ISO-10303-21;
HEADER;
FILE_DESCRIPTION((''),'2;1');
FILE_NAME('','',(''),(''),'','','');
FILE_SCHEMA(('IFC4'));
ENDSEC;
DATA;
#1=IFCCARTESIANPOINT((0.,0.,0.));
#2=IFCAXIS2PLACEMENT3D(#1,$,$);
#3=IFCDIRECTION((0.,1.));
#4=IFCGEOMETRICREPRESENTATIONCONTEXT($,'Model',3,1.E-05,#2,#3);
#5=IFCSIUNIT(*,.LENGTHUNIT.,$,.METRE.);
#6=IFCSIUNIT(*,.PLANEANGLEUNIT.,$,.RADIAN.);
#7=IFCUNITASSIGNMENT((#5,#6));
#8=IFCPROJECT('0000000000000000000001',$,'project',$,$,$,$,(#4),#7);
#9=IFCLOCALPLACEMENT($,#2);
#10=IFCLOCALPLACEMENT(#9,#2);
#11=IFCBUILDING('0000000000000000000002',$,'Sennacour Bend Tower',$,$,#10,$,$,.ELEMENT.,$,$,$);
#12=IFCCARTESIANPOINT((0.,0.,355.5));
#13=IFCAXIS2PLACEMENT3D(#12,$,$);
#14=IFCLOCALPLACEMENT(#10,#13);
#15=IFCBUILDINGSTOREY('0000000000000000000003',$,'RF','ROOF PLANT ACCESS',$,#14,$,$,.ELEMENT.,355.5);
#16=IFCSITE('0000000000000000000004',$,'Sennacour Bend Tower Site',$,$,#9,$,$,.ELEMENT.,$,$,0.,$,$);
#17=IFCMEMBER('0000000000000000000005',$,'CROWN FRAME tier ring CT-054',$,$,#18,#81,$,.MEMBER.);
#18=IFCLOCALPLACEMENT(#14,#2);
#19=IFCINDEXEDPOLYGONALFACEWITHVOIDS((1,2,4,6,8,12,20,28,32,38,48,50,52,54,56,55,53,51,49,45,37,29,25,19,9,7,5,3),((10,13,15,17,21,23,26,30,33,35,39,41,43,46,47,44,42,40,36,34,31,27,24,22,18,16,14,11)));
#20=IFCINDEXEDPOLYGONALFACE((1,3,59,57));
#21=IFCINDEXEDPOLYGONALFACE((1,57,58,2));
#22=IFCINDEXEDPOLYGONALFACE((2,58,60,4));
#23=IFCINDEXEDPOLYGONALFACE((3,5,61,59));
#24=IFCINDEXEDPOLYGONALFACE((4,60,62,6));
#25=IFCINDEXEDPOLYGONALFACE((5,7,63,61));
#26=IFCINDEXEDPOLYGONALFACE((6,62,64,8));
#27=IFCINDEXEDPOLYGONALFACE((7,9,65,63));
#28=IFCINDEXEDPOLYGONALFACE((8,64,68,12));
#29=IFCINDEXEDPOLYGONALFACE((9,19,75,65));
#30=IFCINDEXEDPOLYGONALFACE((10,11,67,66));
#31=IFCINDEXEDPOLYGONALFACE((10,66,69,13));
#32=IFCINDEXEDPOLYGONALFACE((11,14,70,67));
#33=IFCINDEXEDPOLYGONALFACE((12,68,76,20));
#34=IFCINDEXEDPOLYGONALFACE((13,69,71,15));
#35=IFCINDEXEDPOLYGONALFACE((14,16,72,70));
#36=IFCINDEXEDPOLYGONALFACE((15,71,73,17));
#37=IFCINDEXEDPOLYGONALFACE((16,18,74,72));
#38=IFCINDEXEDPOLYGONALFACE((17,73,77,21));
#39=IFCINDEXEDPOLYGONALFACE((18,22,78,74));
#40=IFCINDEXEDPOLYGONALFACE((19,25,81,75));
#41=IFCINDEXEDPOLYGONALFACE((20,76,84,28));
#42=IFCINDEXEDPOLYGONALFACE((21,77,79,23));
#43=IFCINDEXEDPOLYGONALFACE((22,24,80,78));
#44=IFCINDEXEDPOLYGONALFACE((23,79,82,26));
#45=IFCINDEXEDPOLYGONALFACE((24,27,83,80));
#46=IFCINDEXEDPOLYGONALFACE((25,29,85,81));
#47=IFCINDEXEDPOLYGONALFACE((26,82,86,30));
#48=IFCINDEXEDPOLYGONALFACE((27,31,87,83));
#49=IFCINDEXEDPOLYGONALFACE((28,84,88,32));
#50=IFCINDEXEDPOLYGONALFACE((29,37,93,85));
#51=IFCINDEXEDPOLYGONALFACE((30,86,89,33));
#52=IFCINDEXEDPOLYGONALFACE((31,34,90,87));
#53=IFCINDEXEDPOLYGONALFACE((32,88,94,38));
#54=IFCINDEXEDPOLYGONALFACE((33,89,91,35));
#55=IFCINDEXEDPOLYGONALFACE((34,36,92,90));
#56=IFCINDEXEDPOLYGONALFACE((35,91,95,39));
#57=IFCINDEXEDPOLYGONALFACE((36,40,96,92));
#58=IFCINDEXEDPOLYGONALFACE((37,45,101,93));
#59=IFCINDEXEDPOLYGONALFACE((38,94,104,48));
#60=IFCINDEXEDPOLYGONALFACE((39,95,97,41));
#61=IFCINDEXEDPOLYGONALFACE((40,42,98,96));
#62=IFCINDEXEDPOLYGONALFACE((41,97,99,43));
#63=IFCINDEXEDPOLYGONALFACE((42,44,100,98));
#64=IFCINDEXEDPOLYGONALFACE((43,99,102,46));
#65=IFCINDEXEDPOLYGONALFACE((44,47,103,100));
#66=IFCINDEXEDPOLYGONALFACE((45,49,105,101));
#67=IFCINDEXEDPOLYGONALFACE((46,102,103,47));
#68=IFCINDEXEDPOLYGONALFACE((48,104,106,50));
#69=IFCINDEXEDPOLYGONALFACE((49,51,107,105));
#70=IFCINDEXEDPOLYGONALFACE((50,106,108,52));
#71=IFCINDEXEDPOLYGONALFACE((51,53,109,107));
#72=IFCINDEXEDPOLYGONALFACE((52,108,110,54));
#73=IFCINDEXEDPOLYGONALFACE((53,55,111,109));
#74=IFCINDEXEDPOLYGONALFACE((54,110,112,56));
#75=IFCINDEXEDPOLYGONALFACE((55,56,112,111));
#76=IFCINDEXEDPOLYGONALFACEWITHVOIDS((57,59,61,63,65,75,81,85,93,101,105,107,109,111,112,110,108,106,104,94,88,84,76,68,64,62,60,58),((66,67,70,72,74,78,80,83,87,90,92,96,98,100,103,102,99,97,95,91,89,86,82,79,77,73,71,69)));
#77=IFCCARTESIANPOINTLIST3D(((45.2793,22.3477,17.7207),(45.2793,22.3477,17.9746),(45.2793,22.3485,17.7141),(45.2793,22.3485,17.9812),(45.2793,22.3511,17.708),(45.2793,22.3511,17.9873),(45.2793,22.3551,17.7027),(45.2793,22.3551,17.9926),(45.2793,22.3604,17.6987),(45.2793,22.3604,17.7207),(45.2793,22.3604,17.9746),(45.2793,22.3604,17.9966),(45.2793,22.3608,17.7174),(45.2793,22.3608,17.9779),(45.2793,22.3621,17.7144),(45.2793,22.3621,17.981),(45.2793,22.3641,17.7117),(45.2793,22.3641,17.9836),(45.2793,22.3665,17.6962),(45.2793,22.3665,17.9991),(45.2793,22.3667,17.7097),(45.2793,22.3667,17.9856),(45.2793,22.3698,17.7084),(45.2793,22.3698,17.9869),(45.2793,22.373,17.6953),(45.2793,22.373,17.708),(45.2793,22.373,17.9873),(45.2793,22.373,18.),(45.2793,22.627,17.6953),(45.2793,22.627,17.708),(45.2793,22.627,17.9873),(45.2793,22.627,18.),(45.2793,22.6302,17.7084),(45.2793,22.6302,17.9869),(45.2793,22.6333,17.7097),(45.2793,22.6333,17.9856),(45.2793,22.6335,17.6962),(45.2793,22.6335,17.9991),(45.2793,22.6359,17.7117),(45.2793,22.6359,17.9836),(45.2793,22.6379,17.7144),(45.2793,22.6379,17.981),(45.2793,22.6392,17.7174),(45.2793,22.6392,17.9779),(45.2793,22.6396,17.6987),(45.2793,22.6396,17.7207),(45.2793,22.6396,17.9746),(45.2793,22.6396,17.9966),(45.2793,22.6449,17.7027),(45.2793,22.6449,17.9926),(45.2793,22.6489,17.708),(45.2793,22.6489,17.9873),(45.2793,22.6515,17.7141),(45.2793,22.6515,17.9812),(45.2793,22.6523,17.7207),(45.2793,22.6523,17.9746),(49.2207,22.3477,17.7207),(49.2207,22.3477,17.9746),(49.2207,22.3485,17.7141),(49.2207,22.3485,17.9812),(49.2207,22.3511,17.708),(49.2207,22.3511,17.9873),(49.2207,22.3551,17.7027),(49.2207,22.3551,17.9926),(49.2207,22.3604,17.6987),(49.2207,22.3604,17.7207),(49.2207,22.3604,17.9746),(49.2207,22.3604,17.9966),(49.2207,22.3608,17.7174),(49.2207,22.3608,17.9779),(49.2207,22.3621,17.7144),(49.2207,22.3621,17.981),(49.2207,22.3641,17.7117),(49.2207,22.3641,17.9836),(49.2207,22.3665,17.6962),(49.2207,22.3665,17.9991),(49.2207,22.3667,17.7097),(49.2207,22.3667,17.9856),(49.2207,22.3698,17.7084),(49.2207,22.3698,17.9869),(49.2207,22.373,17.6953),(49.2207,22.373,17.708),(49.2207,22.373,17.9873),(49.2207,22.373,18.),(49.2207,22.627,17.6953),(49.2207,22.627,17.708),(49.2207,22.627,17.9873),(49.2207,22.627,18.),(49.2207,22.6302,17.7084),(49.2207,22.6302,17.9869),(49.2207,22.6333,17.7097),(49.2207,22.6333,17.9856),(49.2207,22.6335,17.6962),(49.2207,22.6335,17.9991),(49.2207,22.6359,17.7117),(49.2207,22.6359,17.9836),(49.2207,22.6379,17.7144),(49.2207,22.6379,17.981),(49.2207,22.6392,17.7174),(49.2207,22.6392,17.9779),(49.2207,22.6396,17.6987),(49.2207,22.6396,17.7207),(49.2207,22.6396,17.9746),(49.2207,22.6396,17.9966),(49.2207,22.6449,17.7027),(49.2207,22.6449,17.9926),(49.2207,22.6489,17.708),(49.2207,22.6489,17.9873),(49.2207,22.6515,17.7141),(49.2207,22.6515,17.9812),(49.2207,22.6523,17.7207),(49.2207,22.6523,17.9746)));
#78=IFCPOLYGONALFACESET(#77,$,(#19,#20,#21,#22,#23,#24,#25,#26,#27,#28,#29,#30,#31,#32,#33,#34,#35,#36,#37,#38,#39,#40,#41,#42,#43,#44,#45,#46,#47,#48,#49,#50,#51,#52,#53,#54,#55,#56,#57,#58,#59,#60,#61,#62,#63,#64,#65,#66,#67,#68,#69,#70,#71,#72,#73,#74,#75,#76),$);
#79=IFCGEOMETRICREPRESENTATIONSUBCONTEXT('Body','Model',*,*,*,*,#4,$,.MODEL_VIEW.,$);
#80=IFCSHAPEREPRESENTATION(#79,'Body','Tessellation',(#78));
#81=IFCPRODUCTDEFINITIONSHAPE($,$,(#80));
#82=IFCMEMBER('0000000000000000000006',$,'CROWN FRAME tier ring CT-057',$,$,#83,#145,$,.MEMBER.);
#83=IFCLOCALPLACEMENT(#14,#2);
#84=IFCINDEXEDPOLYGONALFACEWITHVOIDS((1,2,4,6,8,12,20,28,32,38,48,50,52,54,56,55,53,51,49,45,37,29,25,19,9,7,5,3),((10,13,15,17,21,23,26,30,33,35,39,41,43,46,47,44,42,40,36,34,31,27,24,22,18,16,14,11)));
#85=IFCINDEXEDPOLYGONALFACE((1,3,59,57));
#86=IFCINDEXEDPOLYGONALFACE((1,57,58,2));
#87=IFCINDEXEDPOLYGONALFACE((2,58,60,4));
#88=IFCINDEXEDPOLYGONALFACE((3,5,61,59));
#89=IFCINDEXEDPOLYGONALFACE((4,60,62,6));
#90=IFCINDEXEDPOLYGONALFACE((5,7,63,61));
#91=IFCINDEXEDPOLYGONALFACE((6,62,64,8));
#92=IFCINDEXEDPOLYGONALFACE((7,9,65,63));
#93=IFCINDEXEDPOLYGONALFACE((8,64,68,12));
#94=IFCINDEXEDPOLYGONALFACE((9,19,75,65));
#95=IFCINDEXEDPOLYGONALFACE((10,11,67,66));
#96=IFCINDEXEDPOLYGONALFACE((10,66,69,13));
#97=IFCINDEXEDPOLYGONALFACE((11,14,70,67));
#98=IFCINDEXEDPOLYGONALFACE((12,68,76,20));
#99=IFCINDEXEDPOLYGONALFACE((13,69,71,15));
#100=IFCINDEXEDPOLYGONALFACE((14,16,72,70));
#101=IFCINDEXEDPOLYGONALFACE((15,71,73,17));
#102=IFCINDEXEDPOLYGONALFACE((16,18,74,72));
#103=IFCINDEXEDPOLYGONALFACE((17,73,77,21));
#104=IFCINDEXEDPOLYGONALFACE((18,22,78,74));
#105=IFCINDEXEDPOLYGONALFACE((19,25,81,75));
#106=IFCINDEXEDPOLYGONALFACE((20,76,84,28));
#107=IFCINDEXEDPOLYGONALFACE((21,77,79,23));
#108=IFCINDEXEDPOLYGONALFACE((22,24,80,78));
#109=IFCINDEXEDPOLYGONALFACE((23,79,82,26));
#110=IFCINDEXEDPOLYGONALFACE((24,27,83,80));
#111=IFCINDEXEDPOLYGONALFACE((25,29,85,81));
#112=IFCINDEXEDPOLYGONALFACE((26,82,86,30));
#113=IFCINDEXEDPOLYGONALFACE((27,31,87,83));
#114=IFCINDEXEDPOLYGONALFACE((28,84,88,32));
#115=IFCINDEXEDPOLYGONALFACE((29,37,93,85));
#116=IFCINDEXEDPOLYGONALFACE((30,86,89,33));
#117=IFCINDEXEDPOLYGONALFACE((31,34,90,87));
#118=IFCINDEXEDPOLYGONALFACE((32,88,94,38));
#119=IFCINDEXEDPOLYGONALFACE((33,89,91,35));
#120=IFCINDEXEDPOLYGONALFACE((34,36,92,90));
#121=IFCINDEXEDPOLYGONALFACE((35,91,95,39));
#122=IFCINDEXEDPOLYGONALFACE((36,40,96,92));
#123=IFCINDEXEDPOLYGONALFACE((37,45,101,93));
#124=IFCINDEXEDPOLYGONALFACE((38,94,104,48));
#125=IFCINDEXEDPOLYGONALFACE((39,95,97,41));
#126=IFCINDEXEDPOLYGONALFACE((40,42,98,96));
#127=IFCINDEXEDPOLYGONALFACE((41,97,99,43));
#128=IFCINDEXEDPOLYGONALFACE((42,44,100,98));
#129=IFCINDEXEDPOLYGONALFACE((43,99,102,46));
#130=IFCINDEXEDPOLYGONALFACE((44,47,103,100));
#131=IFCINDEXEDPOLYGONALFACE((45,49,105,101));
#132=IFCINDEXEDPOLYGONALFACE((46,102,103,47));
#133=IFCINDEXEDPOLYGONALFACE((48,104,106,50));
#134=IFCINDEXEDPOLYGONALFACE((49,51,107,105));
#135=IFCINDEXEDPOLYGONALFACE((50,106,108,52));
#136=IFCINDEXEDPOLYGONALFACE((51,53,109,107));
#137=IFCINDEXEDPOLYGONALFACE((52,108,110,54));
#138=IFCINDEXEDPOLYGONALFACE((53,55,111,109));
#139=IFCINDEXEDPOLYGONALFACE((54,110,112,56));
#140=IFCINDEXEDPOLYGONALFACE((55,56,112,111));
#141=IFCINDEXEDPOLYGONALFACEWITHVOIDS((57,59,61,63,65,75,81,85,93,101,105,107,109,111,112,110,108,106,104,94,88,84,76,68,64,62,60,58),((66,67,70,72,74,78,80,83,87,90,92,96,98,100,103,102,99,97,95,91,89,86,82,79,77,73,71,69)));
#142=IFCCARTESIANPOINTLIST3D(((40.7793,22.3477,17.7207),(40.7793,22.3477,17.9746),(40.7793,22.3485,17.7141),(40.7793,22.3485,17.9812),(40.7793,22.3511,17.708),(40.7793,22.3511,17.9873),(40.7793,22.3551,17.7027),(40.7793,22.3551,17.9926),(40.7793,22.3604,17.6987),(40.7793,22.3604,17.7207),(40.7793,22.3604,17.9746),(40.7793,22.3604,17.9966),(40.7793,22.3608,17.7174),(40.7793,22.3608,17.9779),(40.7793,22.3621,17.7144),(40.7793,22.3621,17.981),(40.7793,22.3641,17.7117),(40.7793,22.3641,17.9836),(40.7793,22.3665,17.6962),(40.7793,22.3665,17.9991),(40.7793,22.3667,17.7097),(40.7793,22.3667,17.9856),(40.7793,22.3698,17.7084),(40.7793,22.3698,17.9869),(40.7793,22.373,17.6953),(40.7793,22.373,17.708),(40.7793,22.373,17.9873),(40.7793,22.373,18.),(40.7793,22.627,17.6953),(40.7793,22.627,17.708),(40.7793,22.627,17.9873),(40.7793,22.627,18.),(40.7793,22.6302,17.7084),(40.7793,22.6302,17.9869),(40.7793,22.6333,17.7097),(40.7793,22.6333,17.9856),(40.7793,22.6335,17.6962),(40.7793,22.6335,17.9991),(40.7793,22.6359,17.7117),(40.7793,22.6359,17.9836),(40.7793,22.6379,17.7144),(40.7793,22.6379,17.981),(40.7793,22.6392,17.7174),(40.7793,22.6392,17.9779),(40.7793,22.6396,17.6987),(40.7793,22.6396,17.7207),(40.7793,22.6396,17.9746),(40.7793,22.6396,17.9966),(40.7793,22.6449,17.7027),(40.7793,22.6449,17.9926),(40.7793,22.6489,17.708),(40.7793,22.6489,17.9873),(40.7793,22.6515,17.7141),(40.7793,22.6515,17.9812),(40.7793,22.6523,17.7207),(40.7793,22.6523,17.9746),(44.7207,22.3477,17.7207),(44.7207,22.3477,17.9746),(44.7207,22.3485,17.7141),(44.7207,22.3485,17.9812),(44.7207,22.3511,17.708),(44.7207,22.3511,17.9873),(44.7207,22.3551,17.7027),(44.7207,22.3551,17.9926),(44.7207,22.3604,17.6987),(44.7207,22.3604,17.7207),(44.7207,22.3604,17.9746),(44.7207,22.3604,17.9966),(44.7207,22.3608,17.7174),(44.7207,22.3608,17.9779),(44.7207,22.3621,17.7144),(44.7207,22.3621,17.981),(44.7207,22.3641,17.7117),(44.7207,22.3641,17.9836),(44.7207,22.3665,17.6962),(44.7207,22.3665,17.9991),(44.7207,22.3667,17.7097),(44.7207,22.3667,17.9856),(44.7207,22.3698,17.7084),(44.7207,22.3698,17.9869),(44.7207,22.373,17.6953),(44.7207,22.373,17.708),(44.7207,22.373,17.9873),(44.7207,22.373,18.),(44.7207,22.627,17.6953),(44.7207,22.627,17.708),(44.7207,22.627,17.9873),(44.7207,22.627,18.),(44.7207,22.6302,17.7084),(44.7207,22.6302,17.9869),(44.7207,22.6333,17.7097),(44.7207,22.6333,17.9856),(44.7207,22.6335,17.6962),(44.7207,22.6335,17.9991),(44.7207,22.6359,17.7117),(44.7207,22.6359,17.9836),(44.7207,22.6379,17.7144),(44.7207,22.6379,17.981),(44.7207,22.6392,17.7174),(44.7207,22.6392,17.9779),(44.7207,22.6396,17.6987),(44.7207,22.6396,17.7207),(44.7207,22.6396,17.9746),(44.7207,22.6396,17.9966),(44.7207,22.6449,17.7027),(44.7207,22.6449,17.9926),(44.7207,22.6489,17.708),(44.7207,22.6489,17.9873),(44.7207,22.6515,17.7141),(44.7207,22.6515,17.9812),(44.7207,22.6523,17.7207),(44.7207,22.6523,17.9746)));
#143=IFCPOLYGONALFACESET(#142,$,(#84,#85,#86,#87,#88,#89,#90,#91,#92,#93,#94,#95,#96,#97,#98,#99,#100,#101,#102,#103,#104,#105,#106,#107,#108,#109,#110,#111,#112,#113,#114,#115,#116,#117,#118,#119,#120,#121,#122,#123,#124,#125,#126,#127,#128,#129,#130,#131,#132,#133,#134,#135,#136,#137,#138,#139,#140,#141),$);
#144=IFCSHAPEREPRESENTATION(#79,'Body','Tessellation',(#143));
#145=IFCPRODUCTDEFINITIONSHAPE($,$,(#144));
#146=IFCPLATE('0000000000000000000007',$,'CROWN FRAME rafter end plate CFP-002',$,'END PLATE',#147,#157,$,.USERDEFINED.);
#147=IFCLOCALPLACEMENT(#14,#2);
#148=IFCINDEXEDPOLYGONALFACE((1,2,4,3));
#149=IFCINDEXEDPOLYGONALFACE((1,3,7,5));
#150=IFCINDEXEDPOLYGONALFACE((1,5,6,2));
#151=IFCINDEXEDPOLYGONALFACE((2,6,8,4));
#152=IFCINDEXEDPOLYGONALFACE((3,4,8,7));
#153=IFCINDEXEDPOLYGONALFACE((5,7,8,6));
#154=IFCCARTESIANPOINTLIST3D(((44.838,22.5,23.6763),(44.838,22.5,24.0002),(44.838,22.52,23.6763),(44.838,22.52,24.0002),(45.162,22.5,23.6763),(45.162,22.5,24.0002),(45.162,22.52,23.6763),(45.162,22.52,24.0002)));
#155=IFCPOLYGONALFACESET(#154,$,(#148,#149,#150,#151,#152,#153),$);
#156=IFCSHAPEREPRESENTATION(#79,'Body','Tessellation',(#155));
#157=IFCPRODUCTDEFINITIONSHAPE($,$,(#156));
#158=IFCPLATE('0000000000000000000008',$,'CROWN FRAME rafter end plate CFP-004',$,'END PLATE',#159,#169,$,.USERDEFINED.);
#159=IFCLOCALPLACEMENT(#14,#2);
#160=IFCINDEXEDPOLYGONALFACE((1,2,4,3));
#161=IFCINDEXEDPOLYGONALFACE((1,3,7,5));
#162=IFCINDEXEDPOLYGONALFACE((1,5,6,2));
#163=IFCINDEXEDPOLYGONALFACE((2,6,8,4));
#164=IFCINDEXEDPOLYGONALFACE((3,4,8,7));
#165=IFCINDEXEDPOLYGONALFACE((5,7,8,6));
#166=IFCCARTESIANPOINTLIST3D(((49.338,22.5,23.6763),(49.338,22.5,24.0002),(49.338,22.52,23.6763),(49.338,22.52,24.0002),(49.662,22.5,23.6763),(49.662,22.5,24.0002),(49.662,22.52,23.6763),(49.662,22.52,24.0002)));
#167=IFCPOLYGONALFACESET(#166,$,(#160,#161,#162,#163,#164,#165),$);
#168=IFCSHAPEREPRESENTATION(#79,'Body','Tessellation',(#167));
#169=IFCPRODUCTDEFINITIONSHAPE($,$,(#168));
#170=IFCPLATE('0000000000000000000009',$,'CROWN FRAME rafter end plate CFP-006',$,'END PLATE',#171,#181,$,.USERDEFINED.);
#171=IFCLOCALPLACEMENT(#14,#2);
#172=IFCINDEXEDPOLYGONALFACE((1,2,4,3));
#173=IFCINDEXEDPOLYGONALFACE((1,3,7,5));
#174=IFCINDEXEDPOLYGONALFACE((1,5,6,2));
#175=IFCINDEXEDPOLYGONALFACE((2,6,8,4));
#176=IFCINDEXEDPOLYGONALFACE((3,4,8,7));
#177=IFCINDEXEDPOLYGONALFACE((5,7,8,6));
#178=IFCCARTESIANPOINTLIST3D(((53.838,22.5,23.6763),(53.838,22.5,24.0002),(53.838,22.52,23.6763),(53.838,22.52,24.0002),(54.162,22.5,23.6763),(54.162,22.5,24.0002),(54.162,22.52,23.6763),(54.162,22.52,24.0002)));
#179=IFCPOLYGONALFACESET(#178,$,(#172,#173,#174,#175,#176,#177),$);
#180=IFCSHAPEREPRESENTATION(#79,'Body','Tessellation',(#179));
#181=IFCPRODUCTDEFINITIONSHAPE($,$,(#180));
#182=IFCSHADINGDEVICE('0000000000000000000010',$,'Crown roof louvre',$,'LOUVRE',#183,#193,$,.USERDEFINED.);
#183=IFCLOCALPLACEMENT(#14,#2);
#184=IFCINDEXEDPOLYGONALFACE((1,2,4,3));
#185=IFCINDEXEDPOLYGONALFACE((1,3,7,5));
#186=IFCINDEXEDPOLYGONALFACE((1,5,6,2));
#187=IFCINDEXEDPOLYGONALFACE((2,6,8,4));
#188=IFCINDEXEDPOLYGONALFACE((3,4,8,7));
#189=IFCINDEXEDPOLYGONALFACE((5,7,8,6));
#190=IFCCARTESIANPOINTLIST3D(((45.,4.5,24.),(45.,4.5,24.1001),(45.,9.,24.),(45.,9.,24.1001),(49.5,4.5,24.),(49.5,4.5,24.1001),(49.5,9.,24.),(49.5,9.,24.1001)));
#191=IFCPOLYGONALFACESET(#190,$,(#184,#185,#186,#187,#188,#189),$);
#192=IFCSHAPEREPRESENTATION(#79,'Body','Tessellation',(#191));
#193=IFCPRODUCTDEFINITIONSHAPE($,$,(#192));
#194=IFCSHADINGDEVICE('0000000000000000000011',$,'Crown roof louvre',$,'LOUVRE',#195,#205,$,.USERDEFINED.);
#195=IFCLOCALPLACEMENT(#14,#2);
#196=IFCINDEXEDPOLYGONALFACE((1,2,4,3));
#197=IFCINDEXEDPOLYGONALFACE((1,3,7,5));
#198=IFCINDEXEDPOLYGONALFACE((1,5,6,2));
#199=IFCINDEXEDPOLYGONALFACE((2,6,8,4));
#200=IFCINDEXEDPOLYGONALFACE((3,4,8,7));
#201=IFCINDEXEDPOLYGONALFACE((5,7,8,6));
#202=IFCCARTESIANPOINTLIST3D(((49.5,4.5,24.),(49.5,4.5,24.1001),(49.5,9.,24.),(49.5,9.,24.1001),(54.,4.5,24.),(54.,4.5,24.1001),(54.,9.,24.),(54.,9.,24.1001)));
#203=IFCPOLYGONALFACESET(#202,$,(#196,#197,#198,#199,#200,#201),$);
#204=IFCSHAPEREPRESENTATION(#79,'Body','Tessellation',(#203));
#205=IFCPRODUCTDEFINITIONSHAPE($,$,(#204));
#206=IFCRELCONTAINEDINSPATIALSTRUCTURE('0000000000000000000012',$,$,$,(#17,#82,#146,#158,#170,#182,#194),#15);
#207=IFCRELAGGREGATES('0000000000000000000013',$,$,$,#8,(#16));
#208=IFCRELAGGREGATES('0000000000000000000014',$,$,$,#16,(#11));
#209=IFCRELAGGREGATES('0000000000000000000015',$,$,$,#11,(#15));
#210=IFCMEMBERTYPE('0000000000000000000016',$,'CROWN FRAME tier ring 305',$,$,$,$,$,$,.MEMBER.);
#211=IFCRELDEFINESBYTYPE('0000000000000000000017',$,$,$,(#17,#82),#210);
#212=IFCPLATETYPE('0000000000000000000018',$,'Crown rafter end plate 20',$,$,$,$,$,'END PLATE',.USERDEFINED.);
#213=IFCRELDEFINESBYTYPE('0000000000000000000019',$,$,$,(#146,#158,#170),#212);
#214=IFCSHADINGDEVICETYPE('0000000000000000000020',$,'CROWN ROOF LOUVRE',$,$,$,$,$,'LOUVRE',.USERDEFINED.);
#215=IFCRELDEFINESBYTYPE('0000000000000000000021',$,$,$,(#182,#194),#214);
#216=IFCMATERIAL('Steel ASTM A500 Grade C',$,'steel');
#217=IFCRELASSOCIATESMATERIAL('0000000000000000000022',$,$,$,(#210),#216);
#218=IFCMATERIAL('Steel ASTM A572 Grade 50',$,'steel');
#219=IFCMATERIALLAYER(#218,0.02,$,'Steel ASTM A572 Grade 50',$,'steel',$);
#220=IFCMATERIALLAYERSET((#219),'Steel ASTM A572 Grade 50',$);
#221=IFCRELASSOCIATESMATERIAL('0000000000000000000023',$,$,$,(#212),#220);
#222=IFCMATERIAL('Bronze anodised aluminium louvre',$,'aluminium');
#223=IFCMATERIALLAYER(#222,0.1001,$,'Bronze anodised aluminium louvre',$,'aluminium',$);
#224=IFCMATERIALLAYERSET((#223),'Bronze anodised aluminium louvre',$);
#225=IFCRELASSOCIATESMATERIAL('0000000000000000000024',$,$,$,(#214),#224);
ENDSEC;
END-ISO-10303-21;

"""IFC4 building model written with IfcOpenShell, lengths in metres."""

from ifc_helpers import new_model, si_unit, direction, frame, origin, origin_2d, place, context, subcontext, project, spatial, rectangle, hollow_rectangle, extrude, material, layer, layer_set, material_profile, profile_set, type_object, element, save


model = new_model("IFC4")

# Units and contexts
model_context = context("Model", 3, precision=1e-05, world=origin(), true_north=direction((0.0, 1.0)))
body_context = subcontext(model_context, "Body", "Model", "MODEL_VIEW")
ifc_project = project(units=[si_unit("LENGTHUNIT", "METRE"), si_unit("PLANEANGLEUNIT", "RADIAN")], contexts=[model_context])

# Site, building, storey
site_placement = place(None, origin())
site = spatial("IfcSite", under=ifc_project, at=site_placement, Name="Sennacour Bend Tower Site", CompositionType="ELEMENT", RefElevation=0.0)
building_placement = place(site_placement, origin())
building = spatial("IfcBuilding", under=site, at=building_placement, Name="Sennacour Bend Tower", CompositionType="ELEMENT")
storey_placement = place(building_placement, frame((0.0, 0.0, 355.5)))
storey = spatial("IfcBuildingStorey", under=building, at=storey_placement, Name="RF", Description="ROOF PLANT ACCESS", CompositionType="ELEMENT", Elevation=355.5)

# Shared definitions
ifc_material_1 = material(Name="Steel ASTM A500 Grade C", Category="steel")

# Members
ifc_material_profile_1 = material_profile(ifc_material_1, hollow_rectangle(XDim=0.3047, YDim=0.3047, WallThickness=0.0127, InnerFilletRadius=0.0127, OuterFilletRadius=0.0254, at=origin_2d()), Name="Steel ASTM A500 Grade C", Category="steel")
ifc_profile_set_1 = profile_set([ifc_material_profile_1], Name="Steel ASTM A500 Grade C")
member_type_1 = type_object("IfcMemberType", Name="CROWN FRAME tier ring 305", PredefinedType="MEMBER", material=ifc_profile_set_1)
for number, where, z_axis, x_axis, name in (
    (1, (49.2207, 22.5, 17.8477), (-1.0, 0.0, 0.0), (0.0, -1.0, 0.0), "CROWN FRAME tier ring CT-054"),
    (2, (44.7207, 22.5, 17.8477), (-1.0, 0.0, 0.0), (0.0, -1.0, 0.0), "CROWN FRAME tier ring CT-057"),
):
    element("IfcMember", number, at=place(storey_placement, frame(where, z_axis=z_axis, x_axis=x_axis)), inside=storey, type_object=member_type_1, Name=name, PredefinedType="MEMBER", context=body_context, shape_type="SweptSolid", body=[
        extrude(hollow_rectangle(XDim=0.3047, YDim=0.3047, WallThickness=0.0127, InnerFilletRadius=0.0127, OuterFilletRadius=0.0254, at=origin_2d()), origin(), (0.0, 0.0, 1.0), 3.9414),
    ])

# Plates
ifc_material_2 = material(Name="Steel ASTM A572 Grade 50", Category="steel")
ifc_layer_1 = layer(ifc_material_2, 0.02, Name="Steel ASTM A572 Grade 50", Category="steel")
ifc_layer_set_1 = layer_set([ifc_layer_1], Name="Steel ASTM A572 Grade 50")
plate_type = type_object("IfcPlateType", Name="Crown rafter end plate 20", ElementType="END PLATE", PredefinedType="USERDEFINED", material=ifc_layer_set_1)
for number, where, z_axis, x_axis, name in (
    (3, (45.0, 22.51, 23.6763), (0.0, 0.0, 1.0), (1.0, 0.0, 0.0), "CROWN FRAME rafter end plate CFP-002"),
    (4, (49.5, 22.51, 23.6763), (0.0, 0.0, 1.0), (1.0, 0.0, 0.0), "CROWN FRAME rafter end plate CFP-004"),
    (5, (54.0, 22.51, 23.6763), (0.0, 0.0, 1.0), (1.0, 0.0, 0.0), "CROWN FRAME rafter end plate CFP-006"),
):
    element("IfcPlate", number, at=place(storey_placement, frame(where, z_axis=z_axis, x_axis=x_axis)), inside=storey, type_object=plate_type, Name=name, ObjectType="END PLATE", PredefinedType="USERDEFINED", context=body_context, shape_type="SweptSolid", body=[
        extrude(rectangle(XDim=0.324, YDim=0.02, at=origin_2d()), origin(), (0.0, 0.0, 1.0), 0.324),
    ])

# Shading devices
ifc_material_3 = material(Name="Bronze anodised aluminium louvre", Category="aluminium")
ifc_layer_2 = layer(ifc_material_3, 0.1001, Name="Bronze anodised aluminium louvre", Category="aluminium")
ifc_layer_set_2 = layer_set([ifc_layer_2], Name="Bronze anodised aluminium louvre")
shading_device_type_1 = type_object("IfcShadingDeviceType", Name="CROWN ROOF LOUVRE", ElementType="LOUVRE", PredefinedType="USERDEFINED", material=ifc_layer_set_2)
for number, where, z_axis, x_axis, name in (
    (6, (47.25, 6.75, 24.0), (0.0, 0.0, 1.0), (1.0, 0.0, 0.0), "Crown roof louvre"),
    (7, (51.75, 6.75, 24.0), (0.0, 0.0, 1.0), (1.0, 0.0, 0.0), "Crown roof louvre"),
):
    element("IfcShadingDevice", number, at=place(storey_placement, frame(where, z_axis=z_axis, x_axis=x_axis)), inside=storey, type_object=shading_device_type_1, Name=name, ObjectType="LOUVRE", PredefinedType="USERDEFINED", context=body_context, shape_type="SweptSolid", body=[
        extrude(rectangle(XDim=4.5, YDim=4.5, at=origin_2d()), origin(), (0.0, 0.0, 1.0), 0.1001),
    ])

save(model, "model.ifc")
